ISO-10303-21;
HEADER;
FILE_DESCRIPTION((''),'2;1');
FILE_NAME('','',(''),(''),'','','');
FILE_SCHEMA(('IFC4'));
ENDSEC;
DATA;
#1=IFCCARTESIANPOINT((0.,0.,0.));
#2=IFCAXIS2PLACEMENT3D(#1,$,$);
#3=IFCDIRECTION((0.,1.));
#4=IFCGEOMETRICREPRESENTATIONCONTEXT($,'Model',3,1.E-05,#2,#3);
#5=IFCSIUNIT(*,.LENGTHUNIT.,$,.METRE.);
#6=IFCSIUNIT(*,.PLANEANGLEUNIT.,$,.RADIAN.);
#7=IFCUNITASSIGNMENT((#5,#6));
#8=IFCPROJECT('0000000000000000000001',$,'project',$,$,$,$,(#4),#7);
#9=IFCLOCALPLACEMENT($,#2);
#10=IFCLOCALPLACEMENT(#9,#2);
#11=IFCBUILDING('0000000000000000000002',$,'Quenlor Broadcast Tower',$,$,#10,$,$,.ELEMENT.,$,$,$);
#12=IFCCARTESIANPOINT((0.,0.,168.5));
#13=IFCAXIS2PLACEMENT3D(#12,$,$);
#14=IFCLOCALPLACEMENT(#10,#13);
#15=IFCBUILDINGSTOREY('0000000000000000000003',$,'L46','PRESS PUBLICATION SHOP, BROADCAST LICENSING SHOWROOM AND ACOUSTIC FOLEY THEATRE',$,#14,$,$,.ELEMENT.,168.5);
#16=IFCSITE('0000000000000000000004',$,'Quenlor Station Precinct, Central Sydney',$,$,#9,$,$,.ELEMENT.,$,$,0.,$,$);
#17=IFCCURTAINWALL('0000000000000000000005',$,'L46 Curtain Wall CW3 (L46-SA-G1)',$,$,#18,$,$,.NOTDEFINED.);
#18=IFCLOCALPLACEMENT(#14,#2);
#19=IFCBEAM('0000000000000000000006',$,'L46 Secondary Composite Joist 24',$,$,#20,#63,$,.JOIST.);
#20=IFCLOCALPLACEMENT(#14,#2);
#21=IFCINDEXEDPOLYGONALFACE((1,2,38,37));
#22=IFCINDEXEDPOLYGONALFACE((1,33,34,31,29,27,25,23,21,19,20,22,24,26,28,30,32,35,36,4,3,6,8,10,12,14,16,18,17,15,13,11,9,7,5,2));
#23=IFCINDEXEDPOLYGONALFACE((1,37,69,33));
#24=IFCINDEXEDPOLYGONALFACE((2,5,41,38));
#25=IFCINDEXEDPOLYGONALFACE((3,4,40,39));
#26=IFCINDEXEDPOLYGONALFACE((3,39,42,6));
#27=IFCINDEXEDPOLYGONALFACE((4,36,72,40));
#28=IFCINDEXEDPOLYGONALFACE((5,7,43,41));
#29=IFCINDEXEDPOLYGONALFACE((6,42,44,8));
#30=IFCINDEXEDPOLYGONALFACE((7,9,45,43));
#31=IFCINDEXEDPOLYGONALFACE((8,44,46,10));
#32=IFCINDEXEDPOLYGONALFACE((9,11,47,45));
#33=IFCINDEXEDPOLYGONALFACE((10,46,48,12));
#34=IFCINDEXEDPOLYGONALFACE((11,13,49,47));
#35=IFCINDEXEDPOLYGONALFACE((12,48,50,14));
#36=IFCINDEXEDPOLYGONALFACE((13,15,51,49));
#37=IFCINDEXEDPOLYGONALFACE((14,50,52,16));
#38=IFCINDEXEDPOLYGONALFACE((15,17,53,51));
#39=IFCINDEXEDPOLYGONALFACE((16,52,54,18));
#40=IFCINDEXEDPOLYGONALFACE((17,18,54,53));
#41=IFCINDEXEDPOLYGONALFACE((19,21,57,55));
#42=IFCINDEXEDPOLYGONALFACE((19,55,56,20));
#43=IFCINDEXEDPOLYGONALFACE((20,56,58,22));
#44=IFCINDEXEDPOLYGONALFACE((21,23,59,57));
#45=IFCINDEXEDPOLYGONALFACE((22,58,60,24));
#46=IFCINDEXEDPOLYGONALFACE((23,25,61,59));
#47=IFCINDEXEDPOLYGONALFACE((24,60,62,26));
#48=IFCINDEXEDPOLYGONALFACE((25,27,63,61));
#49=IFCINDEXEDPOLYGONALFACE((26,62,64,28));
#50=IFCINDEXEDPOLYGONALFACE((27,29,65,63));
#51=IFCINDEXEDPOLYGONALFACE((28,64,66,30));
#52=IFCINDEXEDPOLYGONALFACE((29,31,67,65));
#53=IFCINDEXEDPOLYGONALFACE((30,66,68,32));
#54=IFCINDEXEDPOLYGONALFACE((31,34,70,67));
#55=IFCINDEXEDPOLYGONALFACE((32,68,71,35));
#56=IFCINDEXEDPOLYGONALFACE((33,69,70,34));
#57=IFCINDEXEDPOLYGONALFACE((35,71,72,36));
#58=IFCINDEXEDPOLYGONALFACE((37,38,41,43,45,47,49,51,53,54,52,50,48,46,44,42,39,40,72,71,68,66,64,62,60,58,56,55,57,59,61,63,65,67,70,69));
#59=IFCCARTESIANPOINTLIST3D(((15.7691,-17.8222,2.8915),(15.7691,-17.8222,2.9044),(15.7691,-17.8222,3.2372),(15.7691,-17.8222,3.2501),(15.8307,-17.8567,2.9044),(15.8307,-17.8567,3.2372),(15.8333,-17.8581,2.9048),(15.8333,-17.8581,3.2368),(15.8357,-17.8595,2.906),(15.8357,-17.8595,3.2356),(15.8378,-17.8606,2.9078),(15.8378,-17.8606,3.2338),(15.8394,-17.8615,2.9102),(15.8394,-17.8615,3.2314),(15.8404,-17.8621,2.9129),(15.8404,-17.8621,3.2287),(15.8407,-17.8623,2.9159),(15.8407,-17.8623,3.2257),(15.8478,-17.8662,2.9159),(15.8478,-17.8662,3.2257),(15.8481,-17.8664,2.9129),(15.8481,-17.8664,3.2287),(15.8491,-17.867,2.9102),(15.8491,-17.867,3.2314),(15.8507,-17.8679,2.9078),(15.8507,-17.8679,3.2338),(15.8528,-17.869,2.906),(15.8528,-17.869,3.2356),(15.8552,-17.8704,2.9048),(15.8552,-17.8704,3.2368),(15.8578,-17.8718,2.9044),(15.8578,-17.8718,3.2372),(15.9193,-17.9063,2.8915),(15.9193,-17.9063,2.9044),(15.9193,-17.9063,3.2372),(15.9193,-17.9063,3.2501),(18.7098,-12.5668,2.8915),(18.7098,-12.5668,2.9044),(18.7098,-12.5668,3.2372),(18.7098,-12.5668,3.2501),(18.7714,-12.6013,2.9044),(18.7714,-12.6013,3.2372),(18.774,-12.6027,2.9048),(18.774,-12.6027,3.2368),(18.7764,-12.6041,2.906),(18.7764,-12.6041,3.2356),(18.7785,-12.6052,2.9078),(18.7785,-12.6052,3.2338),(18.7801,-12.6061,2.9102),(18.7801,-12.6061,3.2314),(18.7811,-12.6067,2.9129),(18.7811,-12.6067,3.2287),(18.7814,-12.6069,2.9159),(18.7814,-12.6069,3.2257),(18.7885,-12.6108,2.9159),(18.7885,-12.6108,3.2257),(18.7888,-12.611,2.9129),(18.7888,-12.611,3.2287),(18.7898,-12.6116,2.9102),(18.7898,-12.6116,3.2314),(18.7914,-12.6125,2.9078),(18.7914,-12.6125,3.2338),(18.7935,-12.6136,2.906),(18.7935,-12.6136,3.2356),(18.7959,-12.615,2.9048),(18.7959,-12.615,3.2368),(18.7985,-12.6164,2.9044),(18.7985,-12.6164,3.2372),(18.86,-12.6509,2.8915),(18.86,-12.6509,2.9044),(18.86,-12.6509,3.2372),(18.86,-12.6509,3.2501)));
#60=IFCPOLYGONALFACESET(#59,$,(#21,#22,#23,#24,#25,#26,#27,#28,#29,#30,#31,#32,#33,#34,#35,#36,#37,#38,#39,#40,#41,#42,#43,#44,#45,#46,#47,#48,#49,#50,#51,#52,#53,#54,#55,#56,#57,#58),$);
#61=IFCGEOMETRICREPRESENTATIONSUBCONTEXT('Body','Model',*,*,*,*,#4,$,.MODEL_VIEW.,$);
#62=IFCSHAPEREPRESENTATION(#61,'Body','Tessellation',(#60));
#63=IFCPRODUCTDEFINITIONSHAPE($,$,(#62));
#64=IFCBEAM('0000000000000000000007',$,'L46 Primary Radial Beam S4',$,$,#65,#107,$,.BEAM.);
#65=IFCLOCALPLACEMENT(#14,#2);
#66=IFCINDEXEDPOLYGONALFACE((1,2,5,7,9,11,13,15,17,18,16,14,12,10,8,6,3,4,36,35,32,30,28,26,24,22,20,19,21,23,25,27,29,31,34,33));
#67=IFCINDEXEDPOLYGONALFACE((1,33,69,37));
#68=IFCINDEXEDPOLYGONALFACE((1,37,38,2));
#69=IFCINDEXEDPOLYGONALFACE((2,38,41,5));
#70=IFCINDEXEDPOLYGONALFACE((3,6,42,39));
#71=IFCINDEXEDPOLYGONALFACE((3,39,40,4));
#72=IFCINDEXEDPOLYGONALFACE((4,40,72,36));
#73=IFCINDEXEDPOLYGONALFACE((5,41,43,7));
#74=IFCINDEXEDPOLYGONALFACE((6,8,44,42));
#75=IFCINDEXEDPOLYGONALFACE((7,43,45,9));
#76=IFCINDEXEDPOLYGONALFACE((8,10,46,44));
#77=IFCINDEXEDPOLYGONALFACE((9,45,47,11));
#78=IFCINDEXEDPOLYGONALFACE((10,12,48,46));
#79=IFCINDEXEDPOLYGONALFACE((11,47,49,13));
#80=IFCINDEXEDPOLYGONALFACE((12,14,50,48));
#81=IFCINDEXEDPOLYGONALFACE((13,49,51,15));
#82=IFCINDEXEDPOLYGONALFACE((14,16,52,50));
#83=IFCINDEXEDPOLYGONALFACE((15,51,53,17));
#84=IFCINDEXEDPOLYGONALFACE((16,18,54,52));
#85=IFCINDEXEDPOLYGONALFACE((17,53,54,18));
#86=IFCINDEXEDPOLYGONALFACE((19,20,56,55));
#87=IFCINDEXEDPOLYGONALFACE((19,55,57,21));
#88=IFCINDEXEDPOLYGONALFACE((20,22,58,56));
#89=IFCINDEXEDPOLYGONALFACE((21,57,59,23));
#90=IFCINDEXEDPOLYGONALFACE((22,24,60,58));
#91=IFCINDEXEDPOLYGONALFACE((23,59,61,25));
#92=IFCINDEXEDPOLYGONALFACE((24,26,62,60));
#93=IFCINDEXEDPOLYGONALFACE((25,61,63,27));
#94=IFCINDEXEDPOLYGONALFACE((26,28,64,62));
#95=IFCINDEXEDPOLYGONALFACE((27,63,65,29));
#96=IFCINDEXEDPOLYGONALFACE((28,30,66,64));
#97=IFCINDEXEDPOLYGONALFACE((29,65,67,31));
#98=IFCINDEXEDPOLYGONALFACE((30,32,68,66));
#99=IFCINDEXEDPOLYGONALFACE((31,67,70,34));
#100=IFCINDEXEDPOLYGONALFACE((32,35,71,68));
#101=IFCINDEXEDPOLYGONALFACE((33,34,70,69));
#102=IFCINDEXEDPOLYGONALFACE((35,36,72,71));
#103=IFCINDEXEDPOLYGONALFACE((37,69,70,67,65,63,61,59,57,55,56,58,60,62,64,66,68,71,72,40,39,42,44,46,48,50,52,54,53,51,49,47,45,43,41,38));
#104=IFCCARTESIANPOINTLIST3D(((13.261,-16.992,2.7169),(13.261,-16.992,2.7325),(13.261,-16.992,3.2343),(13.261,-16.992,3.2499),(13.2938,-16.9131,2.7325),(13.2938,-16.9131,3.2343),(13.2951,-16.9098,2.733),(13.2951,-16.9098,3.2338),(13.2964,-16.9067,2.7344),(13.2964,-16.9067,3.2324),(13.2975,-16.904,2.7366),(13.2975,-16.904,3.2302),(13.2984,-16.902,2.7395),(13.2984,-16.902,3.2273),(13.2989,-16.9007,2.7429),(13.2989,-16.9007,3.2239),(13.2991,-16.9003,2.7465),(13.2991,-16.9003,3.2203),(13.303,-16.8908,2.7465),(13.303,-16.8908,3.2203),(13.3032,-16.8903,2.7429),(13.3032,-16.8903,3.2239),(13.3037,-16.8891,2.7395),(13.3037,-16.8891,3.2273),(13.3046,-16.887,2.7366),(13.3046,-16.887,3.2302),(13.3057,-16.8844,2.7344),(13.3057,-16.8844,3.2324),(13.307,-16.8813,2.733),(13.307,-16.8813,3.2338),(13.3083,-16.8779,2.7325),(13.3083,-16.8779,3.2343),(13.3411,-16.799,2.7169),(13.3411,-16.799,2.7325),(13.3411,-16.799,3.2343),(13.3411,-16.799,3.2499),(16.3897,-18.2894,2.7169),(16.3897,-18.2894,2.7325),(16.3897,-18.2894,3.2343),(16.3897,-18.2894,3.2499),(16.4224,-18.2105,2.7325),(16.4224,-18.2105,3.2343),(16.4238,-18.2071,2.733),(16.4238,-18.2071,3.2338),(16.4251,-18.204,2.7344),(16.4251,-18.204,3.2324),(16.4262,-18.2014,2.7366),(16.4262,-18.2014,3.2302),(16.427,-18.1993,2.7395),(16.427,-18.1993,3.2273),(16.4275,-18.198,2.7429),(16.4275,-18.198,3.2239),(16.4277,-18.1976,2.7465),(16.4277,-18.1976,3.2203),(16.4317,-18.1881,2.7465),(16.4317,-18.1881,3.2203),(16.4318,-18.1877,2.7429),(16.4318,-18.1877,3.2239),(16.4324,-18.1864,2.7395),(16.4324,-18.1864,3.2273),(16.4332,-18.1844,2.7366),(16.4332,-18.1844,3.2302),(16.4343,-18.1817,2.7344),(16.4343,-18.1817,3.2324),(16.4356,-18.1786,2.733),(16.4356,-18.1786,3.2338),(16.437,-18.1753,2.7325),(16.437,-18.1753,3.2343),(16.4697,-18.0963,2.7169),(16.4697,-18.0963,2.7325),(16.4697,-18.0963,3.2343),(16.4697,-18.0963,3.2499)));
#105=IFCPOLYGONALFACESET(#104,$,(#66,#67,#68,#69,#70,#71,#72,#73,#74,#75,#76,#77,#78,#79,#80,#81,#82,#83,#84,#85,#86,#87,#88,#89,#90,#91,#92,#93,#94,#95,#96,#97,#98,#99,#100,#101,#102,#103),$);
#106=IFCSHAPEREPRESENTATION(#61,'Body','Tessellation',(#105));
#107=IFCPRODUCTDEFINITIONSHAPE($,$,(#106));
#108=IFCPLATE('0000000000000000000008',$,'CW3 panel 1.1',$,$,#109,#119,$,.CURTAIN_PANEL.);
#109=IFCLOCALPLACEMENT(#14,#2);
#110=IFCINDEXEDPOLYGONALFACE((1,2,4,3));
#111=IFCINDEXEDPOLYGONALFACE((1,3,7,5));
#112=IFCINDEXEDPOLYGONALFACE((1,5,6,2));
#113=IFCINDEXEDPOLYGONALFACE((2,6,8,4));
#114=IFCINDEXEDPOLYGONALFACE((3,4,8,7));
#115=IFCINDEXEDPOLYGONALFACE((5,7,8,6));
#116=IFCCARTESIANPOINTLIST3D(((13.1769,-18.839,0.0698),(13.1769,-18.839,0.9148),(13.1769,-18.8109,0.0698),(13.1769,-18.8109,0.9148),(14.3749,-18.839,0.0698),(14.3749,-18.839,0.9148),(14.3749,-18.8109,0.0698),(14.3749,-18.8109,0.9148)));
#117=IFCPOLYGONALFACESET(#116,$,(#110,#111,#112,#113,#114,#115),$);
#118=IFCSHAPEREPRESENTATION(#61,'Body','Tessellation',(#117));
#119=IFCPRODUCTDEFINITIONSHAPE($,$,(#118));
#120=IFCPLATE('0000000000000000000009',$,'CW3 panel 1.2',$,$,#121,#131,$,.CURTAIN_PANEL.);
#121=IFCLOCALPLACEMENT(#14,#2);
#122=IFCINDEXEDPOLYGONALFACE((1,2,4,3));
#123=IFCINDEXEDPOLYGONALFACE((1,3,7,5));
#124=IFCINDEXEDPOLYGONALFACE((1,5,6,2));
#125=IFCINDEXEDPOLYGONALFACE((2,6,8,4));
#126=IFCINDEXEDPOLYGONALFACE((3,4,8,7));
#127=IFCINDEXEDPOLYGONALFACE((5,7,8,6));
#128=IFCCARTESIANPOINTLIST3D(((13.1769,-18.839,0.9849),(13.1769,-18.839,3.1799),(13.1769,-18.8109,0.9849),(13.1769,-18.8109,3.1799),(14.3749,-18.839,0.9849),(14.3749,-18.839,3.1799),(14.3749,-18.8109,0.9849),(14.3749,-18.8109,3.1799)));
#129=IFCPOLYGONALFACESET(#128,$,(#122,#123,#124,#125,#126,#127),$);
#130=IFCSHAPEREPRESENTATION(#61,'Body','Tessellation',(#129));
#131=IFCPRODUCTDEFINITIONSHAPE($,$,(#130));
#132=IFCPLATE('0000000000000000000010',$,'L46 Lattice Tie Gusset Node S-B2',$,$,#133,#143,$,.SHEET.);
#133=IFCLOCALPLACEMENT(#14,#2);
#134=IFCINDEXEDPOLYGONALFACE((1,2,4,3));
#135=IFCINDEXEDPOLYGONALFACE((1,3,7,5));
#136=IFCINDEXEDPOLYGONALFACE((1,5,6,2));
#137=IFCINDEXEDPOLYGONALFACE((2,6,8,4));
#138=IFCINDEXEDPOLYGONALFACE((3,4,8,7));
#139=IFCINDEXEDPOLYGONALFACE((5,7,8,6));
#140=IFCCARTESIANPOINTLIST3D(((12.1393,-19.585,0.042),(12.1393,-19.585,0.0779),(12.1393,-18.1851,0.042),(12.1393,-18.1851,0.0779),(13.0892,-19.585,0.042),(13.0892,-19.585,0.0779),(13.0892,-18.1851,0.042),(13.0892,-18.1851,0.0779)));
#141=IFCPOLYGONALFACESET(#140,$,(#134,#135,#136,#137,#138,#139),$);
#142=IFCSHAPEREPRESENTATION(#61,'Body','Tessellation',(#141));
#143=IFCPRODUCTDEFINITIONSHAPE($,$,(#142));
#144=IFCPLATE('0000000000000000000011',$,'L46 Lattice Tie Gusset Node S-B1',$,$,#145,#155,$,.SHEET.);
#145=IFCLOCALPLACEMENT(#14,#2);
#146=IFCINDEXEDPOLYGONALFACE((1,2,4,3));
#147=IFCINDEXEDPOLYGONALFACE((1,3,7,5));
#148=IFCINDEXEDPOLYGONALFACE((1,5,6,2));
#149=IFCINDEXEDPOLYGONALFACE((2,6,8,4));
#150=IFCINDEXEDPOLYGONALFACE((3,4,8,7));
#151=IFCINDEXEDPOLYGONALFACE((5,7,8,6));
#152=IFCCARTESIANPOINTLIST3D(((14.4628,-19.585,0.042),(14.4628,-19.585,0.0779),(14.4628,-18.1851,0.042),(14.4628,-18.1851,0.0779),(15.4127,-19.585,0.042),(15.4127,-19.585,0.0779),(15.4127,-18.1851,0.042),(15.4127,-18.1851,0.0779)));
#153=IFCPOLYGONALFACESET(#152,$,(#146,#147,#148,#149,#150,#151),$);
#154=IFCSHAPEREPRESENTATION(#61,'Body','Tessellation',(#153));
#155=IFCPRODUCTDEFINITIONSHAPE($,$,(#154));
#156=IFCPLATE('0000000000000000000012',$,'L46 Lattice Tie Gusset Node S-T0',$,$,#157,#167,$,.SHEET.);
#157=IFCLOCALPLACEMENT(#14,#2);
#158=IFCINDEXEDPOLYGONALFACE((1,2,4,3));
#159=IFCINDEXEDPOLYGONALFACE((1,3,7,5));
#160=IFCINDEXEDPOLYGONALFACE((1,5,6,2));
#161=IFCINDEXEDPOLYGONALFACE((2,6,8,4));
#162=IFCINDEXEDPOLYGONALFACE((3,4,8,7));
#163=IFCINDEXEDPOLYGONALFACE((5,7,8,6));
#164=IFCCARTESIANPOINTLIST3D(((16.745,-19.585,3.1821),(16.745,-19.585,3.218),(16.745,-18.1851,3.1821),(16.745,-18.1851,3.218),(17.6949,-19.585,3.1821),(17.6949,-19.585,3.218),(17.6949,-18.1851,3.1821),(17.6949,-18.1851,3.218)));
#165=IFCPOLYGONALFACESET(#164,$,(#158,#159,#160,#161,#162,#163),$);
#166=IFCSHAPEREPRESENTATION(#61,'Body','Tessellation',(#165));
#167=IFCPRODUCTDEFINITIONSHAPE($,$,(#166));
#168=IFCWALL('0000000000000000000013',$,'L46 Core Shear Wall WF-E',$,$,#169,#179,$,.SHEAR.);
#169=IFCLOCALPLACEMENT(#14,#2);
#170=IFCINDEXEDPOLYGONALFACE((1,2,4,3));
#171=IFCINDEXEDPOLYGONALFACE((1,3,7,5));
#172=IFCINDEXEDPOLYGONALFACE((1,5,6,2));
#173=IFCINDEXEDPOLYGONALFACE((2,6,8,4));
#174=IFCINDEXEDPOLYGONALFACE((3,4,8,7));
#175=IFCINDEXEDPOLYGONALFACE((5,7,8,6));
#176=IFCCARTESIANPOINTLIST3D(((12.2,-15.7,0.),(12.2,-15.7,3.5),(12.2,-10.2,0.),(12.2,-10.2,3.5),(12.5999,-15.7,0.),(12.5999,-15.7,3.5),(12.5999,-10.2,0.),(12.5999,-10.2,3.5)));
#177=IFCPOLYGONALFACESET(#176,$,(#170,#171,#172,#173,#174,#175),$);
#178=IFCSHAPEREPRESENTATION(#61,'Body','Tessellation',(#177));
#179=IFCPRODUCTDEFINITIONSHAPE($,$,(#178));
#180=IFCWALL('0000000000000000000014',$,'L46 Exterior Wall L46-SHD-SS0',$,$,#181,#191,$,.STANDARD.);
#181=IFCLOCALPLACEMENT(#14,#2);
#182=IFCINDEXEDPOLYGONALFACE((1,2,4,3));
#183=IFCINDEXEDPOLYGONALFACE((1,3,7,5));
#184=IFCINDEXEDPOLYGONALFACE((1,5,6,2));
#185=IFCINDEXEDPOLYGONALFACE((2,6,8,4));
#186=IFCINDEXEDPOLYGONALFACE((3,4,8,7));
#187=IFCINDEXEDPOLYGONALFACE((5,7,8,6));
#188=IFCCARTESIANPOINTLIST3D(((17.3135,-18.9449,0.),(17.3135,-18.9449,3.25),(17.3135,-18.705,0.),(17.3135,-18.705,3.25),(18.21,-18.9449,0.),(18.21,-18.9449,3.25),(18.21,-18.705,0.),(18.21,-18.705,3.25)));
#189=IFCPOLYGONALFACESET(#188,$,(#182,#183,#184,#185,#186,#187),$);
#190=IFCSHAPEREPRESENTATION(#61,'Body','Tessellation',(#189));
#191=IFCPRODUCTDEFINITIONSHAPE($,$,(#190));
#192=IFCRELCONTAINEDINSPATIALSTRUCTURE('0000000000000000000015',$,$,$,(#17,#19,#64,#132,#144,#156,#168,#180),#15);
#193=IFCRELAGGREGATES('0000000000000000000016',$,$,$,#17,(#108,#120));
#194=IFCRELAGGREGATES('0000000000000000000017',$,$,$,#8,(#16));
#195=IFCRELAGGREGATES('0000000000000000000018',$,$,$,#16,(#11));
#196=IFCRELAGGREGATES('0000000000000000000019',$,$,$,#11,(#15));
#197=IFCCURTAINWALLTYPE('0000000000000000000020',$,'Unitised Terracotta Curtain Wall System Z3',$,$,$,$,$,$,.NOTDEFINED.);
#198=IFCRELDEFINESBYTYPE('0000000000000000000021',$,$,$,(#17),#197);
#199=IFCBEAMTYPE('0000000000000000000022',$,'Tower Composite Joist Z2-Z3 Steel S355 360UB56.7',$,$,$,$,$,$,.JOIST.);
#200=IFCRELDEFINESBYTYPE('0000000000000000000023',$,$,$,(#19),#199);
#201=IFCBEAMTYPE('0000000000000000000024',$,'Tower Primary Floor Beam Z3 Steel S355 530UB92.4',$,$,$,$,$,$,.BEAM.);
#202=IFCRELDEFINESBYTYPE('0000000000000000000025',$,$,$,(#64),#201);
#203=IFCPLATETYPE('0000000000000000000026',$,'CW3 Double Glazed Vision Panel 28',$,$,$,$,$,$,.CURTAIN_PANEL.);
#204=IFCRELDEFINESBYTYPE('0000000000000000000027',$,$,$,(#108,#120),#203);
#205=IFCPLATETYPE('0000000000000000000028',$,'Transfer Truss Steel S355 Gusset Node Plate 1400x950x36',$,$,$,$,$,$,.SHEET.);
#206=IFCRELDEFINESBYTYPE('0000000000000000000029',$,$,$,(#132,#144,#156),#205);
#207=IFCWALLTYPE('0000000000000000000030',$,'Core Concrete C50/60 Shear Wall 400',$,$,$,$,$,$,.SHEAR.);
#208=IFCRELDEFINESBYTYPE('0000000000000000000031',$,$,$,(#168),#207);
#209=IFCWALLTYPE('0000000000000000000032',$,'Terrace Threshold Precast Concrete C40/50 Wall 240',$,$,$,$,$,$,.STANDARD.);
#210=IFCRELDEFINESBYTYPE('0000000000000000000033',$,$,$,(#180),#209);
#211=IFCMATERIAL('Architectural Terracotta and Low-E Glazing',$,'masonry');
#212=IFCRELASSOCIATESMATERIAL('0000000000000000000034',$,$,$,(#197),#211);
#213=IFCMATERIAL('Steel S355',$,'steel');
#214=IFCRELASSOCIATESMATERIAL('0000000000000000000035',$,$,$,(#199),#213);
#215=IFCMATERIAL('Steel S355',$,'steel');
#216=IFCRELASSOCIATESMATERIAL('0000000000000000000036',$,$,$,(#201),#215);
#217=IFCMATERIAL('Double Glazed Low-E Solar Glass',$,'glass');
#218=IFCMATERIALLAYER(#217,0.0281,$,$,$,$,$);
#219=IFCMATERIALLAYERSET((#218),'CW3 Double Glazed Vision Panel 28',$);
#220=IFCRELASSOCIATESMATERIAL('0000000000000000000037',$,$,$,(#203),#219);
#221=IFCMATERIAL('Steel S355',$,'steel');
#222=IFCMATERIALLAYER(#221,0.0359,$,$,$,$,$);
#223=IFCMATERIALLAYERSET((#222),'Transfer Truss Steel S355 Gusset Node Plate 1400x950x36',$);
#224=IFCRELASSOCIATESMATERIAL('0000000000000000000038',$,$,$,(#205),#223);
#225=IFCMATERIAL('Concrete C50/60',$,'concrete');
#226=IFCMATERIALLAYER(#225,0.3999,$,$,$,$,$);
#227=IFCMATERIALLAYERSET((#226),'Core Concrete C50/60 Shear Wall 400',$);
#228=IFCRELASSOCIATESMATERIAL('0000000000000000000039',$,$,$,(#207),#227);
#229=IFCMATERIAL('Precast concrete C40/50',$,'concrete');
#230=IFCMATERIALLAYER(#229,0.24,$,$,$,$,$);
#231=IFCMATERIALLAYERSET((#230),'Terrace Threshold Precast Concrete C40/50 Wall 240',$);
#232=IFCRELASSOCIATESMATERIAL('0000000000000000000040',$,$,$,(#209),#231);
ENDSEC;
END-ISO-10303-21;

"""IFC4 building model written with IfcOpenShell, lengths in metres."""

from ifc_helpers import new_model, si_unit, direction, frame, frame_2d, origin, origin_2d, place, context, subcontext, project, spatial, rectangle, i_section, extrude, material, layer, layer_set, material_profile, profile_set, type_object, element, aggregate, save


model = new_model("IFC4")

# Units and contexts
model_context = context("Model", 3, precision=1e-05, world=origin(), true_north=direction((0.0, 1.0)))
body_context = subcontext(model_context, "Body", "Model", "MODEL_VIEW")
ifc_project = project(units=[si_unit("LENGTHUNIT", "METRE"), si_unit("PLANEANGLEUNIT", "RADIAN")], contexts=[model_context])

# Site, building, storey
site_placement = place(None, origin())
site = spatial("IfcSite", under=ifc_project, at=site_placement, Name="Quenlor Station Precinct, Central Sydney", CompositionType="ELEMENT", RefElevation=0.0)
building_placement = place(site_placement, origin())
building = spatial("IfcBuilding", under=site, at=building_placement, Name="Quenlor Broadcast Tower", CompositionType="ELEMENT")
storey_placement = place(building_placement, frame((0.0, 0.0, 168.5)))
storey = spatial("IfcBuildingStorey", under=building, at=storey_placement, Name="L46", Description="PRESS PUBLICATION SHOP, BROADCAST LICENSING SHOWROOM AND ACOUSTIC FOLEY THEATRE", CompositionType="ELEMENT", Elevation=168.5)

# Curtain wall
ifc_material_1 = material(Name="Architectural Terracotta and Low-E Glazing", Category="masonry")
curtain_wall_type = type_object("IfcCurtainWallType", Name="Unitised Terracotta Curtain Wall System Z3", PredefinedType="NOTDEFINED", material=ifc_material_1)
curtain_wall_placement = place(storey_placement, origin())
curtain_wall = element("IfcCurtainWall", 1, at=curtain_wall_placement, inside=storey, type_object=curtain_wall_type, Name="L46 Curtain Wall CW3 (L46-SA-G1)", PredefinedType="NOTDEFINED")

# Beams
ifc_material_2 = material(Name="Steel S355", Category="steel")
ifc_material_profile_1 = material_profile(ifc_material_2, i_section(OverallWidth=0.1721, OverallDepth=0.3586, WebThickness=0.0081, FlangeThickness=0.0129, FilletRadius=0.0115, at=origin_2d()))
ifc_profile_set_1 = profile_set([ifc_material_profile_1], Name="Steel S355 360UB56.7")
beam_type_1 = type_object("IfcBeamType", Name="Tower Composite Joist Z2-Z3 Steel S355 360UB56.7", PredefinedType="JOIST", material=ifc_profile_set_1)
beam_1_placement = place(storey_placement, frame((15.8442, -17.8643, 3.0708), z_axis=(0.488308, 0.872671, 0.0), x_axis=(-0.872671, 0.488308, 0.0)))
element("IfcBeam", 2, at=beam_1_placement, inside=storey, type_object=beam_type_1, Name="L46 Secondary Composite Joist 24", PredefinedType="JOIST", context=body_context, shape_type="SweptSolid", body=[
    extrude(i_section(OverallWidth=0.1721, OverallDepth=0.3586, WebThickness=0.0081, FlangeThickness=0.0129, FilletRadius=0.0115, at=origin_2d()), origin(), (0.0, 0.0, 1.0), 6.0222),
])
ifc_material_3 = material(Name="Steel S355", Category="steel")
ifc_material_profile_2 = material_profile(ifc_material_3, i_section(OverallWidth=0.209, OverallDepth=0.533, WebThickness=0.0103, FlangeThickness=0.0156, FilletRadius=0.0139, at=origin_2d()))
ifc_profile_set_2 = profile_set([ifc_material_profile_2], Name="Steel S355 530UB92.4")
beam_type_2 = type_object("IfcBeamType", Name="Tower Primary Floor Beam Z3 Steel S355 530UB92.4", PredefinedType="BEAM", material=ifc_profile_set_2)
beam_2_placement = place(storey_placement, frame((16.4297, -18.1929, 2.9834), z_axis=(-0.92373, 0.383044, 0.0), x_axis=(-0.383044, -0.92373, 0.0)))
element("IfcBeam", 3, at=beam_2_placement, inside=storey, type_object=beam_type_2, Name="L46 Primary Radial Beam S4", PredefinedType="BEAM", context=body_context, shape_type="SweptSolid", body=[
    extrude(i_section(OverallWidth=0.209, OverallDepth=0.533, WebThickness=0.0103, FlangeThickness=0.0156, FilletRadius=0.0139, at=origin_2d()), origin(), (0.0, 0.0, 1.0), 3.387),
])

# Plates
ifc_material_4 = material(Name="Double Glazed Low-E Solar Glass", Category="glass")
ifc_layer_1 = layer(ifc_material_4, 0.0281)
ifc_layer_set_1 = layer_set([ifc_layer_1], Name="CW3 Double Glazed Vision Panel 28")
plate_type_1 = type_object("IfcPlateType", Name="CW3 Double Glazed Vision Panel 28", PredefinedType="CURTAIN_PANEL", material=ifc_layer_set_1)
plate_1_placement = place(storey_placement, frame((13.7759, -18.825, 0.0698), z_axis=(0.0, 0.0, 1.0), x_axis=(-1.0, 0.0, 0.0)))
plate_1 = element("IfcPlate", 4, at=plate_1_placement, type_object=plate_type_1, Name="CW3 panel 1.1", PredefinedType="CURTAIN_PANEL", context=body_context, shape_type="SweptSolid", body=[
    extrude(rectangle(XDim=1.198, YDim=0.0281, at=origin_2d()), origin(), (0.0, 0.0, 1.0), 0.845),
])
plate_2_placement = place(storey_placement, frame((13.7759, -18.825, 0.9849), z_axis=(0.0, 0.0, 1.0), x_axis=(-1.0, 0.0, 0.0)))
plate_2 = element("IfcPlate", 5, at=plate_2_placement, type_object=plate_type_1, Name="CW3 panel 1.2", PredefinedType="CURTAIN_PANEL", context=body_context, shape_type="SweptSolid", body=[
    extrude(rectangle(XDim=1.198, YDim=0.0281, at=origin_2d()), origin(), (0.0, 0.0, 1.0), 2.1951),
])
aggregate(curtain_wall, [plate_1, plate_2])

# Plates
ifc_material_5 = material(Name="Steel S355", Category="steel")
ifc_layer_2 = layer(ifc_material_5, 0.0359)
ifc_layer_set_2 = layer_set([ifc_layer_2], Name="Transfer Truss Steel S355 Gusset Node Plate 1400x950x36")
plate_type_2 = type_object("IfcPlateType", Name="Transfer Truss Steel S355 Gusset Node Plate 1400x950x36", PredefinedType="SHEET", material=ifc_layer_set_2)
for number, where, z_axis, x_axis, name in (
    (6, (12.6143, -18.885, 0.042), (0.0, 0.0, 1.0), (0.0, -1.0, 0.0), "L46 Lattice Tie Gusset Node S-B2"),
    (7, (14.9377, -18.885, 0.042), (0.0, 0.0, 1.0), (0.0, -1.0, 0.0), "L46 Lattice Tie Gusset Node S-B1"),
    (8, (17.22, -18.885, 3.1821), (0.0, 0.0, 1.0), (0.0, -1.0, 0.0), "L46 Lattice Tie Gusset Node S-T0"),
):
    element("IfcPlate", number, at=place(storey_placement, frame(where, z_axis=z_axis, x_axis=x_axis)), inside=storey, type_object=plate_type_2, Name=name, PredefinedType="SHEET", context=body_context, shape_type="SweptSolid", body=[
        extrude(rectangle(XDim=1.3999, YDim=0.95, at=origin_2d()), origin(), (0.0, 0.0, 1.0), 0.0359),
    ])

# Walls
ifc_material_6 = material(Name="Concrete C50/60", Category="concrete")
ifc_layer_3 = layer(ifc_material_6, 0.3999)
ifc_layer_set_3 = layer_set([ifc_layer_3], Name="Core Concrete C50/60 Shear Wall 400")
wall_type_1 = type_object("IfcWallType", Name="Core Concrete C50/60 Shear Wall 400", PredefinedType="SHEAR", material=ifc_layer_set_3)
wall_1_placement = place(storey_placement, frame((12.3999, -15.7, 0.0), z_axis=(0.0, 0.0, 1.0), x_axis=(0.0, 1.0, 0.0)))
element("IfcWall", 9, at=wall_1_placement, inside=storey, type_object=wall_type_1, Name="L46 Core Shear Wall WF-E", PredefinedType="SHEAR", context=body_context, shape_type="SweptSolid", body=[
    extrude(rectangle(XDim=5.5, YDim=0.3999, at=frame_2d((2.75, 0.0))), origin(), (0.0, 0.0, 1.0), 3.5),
])
ifc_material_7 = material(Name="Precast concrete C40/50", Category="concrete")
ifc_layer_4 = layer(ifc_material_7, 0.24)
ifc_layer_set_4 = layer_set([ifc_layer_4], Name="Terrace Threshold Precast Concrete C40/50 Wall 240")
wall_type_2 = type_object("IfcWallType", Name="Terrace Threshold Precast Concrete C40/50 Wall 240", PredefinedType="STANDARD", material=ifc_layer_set_4)
wall_2_placement = place(storey_placement, frame((18.21, -18.825, 0.0), z_axis=(0.0, 0.0, 1.0), x_axis=(-1.0, 0.0, 0.0)))
element("IfcWall", 10, at=wall_2_placement, inside=storey, type_object=wall_type_2, Name="L46 Exterior Wall L46-SHD-SS0", PredefinedType="STANDARD", context=body_context, shape_type="SweptSolid", body=[
    extrude(rectangle(XDim=0.8965, YDim=0.24, at=frame_2d((0.4482, 0.0))), origin(), (0.0, 0.0, 1.0), 3.25),
])

save(model, "model.ifc")
